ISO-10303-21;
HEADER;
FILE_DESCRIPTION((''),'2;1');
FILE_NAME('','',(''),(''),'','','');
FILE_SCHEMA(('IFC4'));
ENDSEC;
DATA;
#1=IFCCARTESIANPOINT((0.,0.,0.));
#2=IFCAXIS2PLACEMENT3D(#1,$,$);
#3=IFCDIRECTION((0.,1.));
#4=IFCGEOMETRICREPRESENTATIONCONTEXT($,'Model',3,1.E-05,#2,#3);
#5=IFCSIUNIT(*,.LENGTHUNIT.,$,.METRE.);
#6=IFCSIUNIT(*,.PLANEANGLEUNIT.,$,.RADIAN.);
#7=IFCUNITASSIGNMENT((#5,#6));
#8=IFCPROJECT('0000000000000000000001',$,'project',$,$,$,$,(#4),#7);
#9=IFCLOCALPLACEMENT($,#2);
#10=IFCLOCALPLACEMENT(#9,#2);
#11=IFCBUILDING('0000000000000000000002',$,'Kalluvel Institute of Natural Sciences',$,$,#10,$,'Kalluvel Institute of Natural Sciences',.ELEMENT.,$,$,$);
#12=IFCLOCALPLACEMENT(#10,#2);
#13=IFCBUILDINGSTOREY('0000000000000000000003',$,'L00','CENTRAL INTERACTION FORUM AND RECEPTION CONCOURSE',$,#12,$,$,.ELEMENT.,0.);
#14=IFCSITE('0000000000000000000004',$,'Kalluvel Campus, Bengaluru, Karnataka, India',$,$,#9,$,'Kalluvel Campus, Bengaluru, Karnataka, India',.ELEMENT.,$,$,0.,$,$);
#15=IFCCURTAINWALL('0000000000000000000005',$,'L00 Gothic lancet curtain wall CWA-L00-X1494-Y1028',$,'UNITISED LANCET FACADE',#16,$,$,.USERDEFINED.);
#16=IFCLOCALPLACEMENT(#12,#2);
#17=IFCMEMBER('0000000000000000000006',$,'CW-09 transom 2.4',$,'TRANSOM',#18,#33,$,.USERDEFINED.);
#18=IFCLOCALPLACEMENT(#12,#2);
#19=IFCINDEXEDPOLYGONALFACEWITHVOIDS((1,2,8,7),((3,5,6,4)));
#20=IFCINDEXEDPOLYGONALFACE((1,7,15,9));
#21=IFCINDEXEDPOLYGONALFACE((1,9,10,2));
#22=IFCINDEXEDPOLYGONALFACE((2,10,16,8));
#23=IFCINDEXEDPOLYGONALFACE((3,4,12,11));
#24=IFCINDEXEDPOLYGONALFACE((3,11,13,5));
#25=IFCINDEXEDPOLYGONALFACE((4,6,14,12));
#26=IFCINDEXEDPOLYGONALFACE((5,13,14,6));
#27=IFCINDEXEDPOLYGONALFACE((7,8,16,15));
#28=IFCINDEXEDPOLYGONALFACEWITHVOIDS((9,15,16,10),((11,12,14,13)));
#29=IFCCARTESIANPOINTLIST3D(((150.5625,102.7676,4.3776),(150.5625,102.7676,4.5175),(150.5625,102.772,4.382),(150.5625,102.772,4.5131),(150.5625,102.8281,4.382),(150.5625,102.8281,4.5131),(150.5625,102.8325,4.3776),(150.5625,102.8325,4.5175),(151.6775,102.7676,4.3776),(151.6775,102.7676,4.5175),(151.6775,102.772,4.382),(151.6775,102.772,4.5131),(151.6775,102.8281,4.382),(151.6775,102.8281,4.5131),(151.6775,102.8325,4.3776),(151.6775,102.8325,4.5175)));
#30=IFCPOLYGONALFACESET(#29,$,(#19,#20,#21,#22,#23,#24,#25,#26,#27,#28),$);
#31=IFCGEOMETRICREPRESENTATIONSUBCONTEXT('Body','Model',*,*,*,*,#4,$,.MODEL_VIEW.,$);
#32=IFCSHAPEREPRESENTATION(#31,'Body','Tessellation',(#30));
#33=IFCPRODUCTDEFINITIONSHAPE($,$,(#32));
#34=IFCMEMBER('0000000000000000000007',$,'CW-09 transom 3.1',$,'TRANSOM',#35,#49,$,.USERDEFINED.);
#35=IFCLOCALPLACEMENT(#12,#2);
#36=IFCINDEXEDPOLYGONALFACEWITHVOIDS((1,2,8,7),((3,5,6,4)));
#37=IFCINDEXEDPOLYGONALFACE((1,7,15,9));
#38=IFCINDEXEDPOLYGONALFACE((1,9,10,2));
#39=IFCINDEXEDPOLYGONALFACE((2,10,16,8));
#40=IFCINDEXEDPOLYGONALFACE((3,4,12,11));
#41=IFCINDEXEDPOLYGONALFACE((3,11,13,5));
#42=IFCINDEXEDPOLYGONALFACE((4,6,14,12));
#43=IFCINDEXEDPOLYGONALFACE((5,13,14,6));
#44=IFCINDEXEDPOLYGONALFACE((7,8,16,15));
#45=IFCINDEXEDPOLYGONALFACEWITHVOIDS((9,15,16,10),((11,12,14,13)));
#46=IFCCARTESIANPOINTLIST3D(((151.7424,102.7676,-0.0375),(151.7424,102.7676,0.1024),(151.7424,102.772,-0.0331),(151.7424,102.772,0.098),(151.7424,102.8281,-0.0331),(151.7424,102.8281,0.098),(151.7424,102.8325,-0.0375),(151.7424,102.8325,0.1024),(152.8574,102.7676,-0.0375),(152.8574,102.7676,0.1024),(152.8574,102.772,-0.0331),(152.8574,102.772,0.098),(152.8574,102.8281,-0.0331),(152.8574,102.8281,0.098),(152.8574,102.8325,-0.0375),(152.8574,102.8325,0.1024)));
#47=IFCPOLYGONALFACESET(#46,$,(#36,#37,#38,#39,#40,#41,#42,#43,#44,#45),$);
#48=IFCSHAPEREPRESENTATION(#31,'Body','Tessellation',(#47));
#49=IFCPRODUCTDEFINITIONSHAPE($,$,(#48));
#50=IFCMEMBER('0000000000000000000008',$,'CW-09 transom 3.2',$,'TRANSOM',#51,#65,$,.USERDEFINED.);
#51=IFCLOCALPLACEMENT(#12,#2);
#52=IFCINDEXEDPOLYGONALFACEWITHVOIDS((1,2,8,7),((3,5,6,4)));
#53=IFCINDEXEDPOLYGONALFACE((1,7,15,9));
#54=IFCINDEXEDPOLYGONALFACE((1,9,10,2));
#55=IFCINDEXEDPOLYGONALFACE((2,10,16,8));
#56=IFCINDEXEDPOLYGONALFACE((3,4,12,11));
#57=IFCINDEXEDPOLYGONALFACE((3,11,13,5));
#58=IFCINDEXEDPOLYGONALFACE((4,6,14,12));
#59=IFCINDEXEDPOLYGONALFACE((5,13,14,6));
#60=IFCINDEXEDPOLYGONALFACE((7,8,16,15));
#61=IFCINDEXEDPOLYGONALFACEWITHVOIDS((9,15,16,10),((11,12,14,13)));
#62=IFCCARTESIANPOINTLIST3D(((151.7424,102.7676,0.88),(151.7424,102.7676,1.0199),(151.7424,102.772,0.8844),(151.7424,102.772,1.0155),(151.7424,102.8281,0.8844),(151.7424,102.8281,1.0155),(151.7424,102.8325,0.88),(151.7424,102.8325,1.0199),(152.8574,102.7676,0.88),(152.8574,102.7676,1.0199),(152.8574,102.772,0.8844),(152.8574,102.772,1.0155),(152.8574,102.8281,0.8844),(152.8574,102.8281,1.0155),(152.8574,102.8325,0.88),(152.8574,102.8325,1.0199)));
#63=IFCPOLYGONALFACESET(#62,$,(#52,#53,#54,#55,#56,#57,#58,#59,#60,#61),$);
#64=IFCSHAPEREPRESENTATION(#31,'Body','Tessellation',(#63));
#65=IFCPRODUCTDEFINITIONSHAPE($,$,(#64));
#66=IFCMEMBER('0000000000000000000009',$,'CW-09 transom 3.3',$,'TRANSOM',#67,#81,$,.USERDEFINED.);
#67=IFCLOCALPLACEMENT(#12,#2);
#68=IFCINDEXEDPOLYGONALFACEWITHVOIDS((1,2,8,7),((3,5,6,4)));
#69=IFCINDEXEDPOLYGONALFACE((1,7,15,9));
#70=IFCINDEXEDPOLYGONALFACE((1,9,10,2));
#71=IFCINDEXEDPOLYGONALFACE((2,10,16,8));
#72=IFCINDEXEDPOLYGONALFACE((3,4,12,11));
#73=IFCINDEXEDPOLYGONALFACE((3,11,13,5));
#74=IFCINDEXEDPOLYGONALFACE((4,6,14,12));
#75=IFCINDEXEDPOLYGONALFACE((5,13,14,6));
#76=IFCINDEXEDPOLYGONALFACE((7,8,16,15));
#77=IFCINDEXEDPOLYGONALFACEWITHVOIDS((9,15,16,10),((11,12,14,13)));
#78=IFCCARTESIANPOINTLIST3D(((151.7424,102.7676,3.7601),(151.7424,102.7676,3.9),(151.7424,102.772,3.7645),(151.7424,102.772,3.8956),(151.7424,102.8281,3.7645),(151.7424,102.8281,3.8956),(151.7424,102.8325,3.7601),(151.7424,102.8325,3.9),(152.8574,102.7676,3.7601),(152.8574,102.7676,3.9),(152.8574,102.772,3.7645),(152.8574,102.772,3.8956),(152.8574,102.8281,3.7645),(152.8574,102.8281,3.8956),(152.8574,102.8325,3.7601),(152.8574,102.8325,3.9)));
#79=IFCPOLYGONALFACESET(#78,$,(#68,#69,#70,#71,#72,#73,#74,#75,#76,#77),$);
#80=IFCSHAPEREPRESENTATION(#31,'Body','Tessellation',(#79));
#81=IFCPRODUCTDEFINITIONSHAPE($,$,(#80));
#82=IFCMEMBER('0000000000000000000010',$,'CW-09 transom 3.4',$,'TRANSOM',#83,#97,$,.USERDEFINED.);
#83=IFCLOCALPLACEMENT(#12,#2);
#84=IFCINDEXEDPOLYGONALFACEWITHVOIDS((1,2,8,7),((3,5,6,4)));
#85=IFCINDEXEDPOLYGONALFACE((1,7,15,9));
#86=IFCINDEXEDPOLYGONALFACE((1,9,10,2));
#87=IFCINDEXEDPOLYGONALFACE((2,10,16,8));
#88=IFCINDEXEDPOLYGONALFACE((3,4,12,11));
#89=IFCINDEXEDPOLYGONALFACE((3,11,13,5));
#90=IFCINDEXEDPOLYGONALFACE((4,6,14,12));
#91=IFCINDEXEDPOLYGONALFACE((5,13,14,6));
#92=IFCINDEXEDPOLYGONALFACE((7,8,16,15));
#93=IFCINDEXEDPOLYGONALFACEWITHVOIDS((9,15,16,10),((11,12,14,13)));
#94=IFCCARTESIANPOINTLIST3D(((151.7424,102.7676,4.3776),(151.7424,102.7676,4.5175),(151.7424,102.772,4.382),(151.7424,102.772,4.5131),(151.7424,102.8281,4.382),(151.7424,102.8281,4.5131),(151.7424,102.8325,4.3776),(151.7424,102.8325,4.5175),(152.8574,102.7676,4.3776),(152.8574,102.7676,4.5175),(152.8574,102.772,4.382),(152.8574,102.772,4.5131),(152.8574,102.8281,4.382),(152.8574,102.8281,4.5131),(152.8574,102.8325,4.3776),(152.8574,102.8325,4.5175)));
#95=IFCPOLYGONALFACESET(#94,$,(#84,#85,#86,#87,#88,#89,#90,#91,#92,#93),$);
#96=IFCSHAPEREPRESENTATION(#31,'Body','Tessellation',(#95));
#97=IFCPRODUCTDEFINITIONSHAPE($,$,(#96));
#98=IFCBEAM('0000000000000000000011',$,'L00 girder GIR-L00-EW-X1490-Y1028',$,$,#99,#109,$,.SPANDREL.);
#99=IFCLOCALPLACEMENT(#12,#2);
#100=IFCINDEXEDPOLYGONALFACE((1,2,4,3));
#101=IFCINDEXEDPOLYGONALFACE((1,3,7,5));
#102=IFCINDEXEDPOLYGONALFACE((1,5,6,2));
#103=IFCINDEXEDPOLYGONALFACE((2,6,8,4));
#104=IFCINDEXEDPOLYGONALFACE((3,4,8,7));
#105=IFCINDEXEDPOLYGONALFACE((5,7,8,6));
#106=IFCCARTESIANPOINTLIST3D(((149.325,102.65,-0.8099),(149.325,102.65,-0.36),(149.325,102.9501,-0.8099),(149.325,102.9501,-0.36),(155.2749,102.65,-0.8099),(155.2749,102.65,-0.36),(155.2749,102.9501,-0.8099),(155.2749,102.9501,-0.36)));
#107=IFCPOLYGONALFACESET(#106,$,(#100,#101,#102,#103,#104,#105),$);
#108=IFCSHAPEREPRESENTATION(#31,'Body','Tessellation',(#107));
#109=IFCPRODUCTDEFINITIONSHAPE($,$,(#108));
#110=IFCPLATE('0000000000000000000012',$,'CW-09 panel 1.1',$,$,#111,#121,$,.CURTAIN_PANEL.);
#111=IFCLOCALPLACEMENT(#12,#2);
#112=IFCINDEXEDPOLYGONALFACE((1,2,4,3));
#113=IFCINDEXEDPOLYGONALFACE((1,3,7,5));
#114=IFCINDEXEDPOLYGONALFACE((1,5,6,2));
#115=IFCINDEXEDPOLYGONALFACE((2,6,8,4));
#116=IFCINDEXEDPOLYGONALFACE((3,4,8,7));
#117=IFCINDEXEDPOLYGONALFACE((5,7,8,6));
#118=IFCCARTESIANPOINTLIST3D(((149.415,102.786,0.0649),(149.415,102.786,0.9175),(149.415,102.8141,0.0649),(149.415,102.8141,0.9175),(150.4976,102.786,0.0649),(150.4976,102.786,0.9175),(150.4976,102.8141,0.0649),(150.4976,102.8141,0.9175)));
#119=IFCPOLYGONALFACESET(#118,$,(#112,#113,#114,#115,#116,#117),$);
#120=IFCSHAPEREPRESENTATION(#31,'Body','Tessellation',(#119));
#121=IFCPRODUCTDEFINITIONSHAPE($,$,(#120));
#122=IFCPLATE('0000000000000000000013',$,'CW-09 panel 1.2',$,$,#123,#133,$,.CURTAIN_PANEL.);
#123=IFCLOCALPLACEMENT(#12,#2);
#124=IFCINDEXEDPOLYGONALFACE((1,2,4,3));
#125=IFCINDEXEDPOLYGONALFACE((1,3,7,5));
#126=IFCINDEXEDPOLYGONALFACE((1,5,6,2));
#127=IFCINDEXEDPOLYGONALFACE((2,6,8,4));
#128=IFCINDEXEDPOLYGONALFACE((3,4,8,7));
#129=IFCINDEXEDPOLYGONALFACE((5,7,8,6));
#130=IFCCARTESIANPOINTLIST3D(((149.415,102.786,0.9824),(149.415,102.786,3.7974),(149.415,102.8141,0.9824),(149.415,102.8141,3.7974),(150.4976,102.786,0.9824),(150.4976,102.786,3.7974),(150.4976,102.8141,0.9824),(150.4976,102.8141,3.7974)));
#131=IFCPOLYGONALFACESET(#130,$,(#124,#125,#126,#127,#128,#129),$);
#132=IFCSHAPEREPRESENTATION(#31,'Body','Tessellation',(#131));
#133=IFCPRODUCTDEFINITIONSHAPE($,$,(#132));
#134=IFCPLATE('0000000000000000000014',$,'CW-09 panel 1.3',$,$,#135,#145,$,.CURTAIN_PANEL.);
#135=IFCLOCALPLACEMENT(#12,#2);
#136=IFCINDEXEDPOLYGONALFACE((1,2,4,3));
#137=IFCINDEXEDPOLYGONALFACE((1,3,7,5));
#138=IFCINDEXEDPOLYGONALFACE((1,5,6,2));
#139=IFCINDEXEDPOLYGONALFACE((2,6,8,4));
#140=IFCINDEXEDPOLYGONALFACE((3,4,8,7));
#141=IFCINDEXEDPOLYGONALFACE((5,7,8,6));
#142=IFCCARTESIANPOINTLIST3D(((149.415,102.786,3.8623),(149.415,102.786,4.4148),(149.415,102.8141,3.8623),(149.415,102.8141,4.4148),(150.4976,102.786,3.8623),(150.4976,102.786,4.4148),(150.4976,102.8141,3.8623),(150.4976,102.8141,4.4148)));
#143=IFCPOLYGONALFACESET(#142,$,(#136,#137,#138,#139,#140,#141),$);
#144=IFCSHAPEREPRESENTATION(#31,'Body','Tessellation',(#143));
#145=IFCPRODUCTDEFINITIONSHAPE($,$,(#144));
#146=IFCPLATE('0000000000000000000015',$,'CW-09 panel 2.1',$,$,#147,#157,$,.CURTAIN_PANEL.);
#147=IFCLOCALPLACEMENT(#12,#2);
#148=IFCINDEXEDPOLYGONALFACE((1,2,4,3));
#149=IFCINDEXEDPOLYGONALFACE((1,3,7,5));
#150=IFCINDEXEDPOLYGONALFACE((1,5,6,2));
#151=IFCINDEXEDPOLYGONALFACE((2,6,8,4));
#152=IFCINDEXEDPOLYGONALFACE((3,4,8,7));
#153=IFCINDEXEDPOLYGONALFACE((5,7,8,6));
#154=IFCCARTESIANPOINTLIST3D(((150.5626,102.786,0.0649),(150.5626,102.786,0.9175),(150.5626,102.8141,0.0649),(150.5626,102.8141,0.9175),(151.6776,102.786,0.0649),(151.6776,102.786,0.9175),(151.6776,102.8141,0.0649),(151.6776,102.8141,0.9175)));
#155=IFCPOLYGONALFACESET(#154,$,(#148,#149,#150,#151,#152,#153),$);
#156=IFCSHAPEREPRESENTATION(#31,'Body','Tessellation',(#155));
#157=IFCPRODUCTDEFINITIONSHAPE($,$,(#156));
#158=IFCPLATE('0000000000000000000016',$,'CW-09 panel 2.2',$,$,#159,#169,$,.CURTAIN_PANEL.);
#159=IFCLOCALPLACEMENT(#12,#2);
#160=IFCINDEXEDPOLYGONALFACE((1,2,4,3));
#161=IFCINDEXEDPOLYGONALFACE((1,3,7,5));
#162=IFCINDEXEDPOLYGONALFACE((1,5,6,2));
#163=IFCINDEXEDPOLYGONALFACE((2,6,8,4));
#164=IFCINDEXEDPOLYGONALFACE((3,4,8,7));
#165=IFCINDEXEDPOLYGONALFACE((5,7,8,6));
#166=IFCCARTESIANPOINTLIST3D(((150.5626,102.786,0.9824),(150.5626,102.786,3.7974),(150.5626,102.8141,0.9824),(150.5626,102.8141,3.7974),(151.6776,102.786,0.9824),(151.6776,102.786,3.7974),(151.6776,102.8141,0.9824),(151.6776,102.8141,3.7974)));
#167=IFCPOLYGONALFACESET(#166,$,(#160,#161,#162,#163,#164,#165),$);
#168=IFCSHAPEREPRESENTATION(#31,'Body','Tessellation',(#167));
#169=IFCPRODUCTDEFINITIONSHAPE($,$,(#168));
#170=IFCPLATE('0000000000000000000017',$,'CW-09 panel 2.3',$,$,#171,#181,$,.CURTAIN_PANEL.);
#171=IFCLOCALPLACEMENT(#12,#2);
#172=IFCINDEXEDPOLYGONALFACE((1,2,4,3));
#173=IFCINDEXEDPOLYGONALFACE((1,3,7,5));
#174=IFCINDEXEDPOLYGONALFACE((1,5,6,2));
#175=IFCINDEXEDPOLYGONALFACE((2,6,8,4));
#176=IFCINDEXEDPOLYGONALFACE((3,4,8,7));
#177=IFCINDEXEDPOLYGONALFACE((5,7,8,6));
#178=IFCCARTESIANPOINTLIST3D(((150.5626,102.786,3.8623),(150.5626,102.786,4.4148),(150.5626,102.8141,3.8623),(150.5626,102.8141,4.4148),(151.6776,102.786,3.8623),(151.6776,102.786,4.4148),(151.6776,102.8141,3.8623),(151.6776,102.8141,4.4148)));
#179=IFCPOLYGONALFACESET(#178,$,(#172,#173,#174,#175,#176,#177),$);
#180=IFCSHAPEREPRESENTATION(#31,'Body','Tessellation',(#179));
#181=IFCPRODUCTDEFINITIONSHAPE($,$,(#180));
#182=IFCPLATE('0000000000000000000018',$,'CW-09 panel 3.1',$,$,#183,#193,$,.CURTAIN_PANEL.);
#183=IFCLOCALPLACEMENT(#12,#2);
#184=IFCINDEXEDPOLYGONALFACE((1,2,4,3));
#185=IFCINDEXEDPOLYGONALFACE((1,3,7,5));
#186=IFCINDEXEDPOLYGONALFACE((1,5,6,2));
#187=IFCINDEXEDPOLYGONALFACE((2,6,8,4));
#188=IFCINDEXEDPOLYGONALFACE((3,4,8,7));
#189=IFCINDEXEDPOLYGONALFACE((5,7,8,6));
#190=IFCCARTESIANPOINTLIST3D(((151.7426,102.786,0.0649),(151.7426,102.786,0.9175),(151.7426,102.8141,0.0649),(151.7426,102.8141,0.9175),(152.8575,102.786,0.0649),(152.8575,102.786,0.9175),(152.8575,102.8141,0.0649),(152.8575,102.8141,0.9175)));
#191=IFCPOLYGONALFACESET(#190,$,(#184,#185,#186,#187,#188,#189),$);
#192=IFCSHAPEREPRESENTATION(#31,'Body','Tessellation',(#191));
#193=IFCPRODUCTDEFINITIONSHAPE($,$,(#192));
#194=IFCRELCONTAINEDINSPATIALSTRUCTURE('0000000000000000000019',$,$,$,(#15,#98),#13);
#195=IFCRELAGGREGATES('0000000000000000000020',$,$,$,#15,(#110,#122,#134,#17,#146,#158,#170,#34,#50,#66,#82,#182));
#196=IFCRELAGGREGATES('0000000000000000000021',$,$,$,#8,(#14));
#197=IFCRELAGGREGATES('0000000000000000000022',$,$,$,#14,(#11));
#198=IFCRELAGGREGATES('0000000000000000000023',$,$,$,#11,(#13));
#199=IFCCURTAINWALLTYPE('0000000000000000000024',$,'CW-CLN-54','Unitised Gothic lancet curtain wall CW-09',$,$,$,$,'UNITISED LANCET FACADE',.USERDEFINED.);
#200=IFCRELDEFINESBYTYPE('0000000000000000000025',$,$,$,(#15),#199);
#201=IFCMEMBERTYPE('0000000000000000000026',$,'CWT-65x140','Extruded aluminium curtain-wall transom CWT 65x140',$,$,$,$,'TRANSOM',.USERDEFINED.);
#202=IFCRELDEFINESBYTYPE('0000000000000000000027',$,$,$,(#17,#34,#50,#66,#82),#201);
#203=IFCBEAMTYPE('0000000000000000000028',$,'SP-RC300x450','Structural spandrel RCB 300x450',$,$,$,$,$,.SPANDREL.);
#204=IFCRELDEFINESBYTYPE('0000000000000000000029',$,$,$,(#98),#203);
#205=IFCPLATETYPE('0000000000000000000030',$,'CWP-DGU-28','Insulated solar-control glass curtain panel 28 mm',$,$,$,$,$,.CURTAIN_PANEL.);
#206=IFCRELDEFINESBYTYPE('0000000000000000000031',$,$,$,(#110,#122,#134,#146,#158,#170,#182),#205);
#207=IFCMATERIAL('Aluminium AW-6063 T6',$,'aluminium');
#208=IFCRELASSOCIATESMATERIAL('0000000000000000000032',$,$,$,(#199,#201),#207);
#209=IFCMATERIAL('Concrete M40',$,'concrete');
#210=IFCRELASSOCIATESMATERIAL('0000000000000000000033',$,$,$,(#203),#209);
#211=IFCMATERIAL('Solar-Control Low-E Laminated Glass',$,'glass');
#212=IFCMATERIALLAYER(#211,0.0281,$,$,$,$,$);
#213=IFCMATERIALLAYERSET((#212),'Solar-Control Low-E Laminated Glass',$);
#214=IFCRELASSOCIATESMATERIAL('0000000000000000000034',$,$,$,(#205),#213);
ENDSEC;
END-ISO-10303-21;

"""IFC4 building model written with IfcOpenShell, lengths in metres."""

from ifc_helpers import new_model, si_unit, direction, frame, origin, origin_2d, place, context, subcontext, project, spatial, rectangle, hollow_rectangle, extrude, material, layer, layer_set, material_profile, profile_set, type_object, element, aggregate, save


model = new_model("IFC4")

# Units and contexts
model_context = context("Model", 3, precision=1e-05, world=origin(), true_north=direction((0.0, 1.0)))
body_context = subcontext(model_context, "Body", "Model", "MODEL_VIEW")
ifc_project = project(units=[si_unit("LENGTHUNIT", "METRE"), si_unit("PLANEANGLEUNIT", "RADIAN")], contexts=[model_context])

# Site, building, storey
site_placement = place(None, origin())
site = spatial("IfcSite", under=ifc_project, at=site_placement, Name="Kalluvel Campus, Bengaluru, Karnataka, India", LongName="Kalluvel Campus, Bengaluru, Karnataka, India", CompositionType="ELEMENT", RefElevation=0.0)
building_placement = place(site_placement, origin())
building = spatial("IfcBuilding", under=site, at=building_placement, Name="Kalluvel Institute of Natural Sciences", LongName="Kalluvel Institute of Natural Sciences", CompositionType="ELEMENT")
storey_placement = place(building_placement, origin())
storey = spatial("IfcBuildingStorey", under=building, at=storey_placement, Name="L00", Description="CENTRAL INTERACTION FORUM AND RECEPTION CONCOURSE", CompositionType="ELEMENT", Elevation=0.0)

# Shared definitions
ifc_material_1 = material(Name="Concrete M40", Category="concrete")

# Curtain wall, members
ifc_material_2 = material(Name="Aluminium AW-6063 T6", Category="aluminium")
curtain_wall_type = type_object("IfcCurtainWallType", Name="CW-CLN-54", Description="Unitised Gothic lancet curtain wall CW-09", ElementType="UNITISED LANCET FACADE", PredefinedType="USERDEFINED", material=ifc_material_2)
curtain_wall_placement = place(storey_placement, origin())
curtain_wall = element("IfcCurtainWall", 1, at=curtain_wall_placement, inside=storey, type_object=curtain_wall_type, Name="L00 Gothic lancet curtain wall CWA-L00-X1494-Y1028", ObjectType="UNITISED LANCET FACADE", PredefinedType="USERDEFINED")
ifc_material_profile_1 = material_profile(ifc_material_2, hollow_rectangle(XDim=0.0649, YDim=0.1399, WallThickness=0.0044, at=origin_2d()), Name="CWT 65x140")
ifc_profile_set_1 = profile_set([ifc_material_profile_1], Name="Aluminium AW-6063 T6")
member_type_1 = type_object("IfcMemberType", Name="CWT-65x140", Description="Extruded aluminium curtain-wall transom CWT 65x140", ElementType="TRANSOM", PredefinedType="USERDEFINED", material=ifc_profile_set_1)
member_1_placement = place(storey_placement, frame((150.5625, 102.8, 4.4475), z_axis=(1.0, 0.0, 0.0), x_axis=(0.0, 1.0, 0.0)))
member_1 = element("IfcMember", 2, at=member_1_placement, type_object=member_type_1, Name="CW-09 transom 2.4", ObjectType="TRANSOM", PredefinedType="USERDEFINED", context=body_context, shape_type="SweptSolid", body=[
    extrude(hollow_rectangle(XDim=0.0649, YDim=0.1399, WallThickness=0.0044, at=origin_2d()), origin(), (0.0, 0.0, 1.0), 1.115),
])
member_2_placement = place(storey_placement, frame((151.7424, 102.8, 0.0325), z_axis=(1.0, 0.0, 0.0), x_axis=(0.0, 1.0, 0.0)))
member_2 = element("IfcMember", 3, at=member_2_placement, type_object=member_type_1, Name="CW-09 transom 3.1", ObjectType="TRANSOM", PredefinedType="USERDEFINED", context=body_context, shape_type="SweptSolid", body=[
    extrude(hollow_rectangle(XDim=0.0649, YDim=0.1399, WallThickness=0.0044, at=origin_2d()), origin(), (0.0, 0.0, 1.0), 1.115),
])
member_3_placement = place(storey_placement, frame((151.7424, 102.8, 0.95), z_axis=(1.0, 0.0, 0.0), x_axis=(0.0, 1.0, 0.0)))
member_3 = element("IfcMember", 4, at=member_3_placement, type_object=member_type_1, Name="CW-09 transom 3.2", ObjectType="TRANSOM", PredefinedType="USERDEFINED", context=body_context, shape_type="SweptSolid", body=[
    extrude(hollow_rectangle(XDim=0.0649, YDim=0.1399, WallThickness=0.0044, at=origin_2d()), origin(), (0.0, 0.0, 1.0), 1.115),
])
member_4_placement = place(storey_placement, frame((151.7424, 102.8, 3.8301), z_axis=(1.0, 0.0, 0.0), x_axis=(0.0, 1.0, 0.0)))
member_4 = element("IfcMember", 5, at=member_4_placement, type_object=member_type_1, Name="CW-09 transom 3.3", ObjectType="TRANSOM", PredefinedType="USERDEFINED", context=body_context, shape_type="SweptSolid", body=[
    extrude(hollow_rectangle(XDim=0.0649, YDim=0.1399, WallThickness=0.0044, at=origin_2d()), origin(), (0.0, 0.0, 1.0), 1.115),
])
member_5_placement = place(storey_placement, frame((151.7424, 102.8, 4.4475), z_axis=(1.0, 0.0, 0.0), x_axis=(0.0, 1.0, 0.0)))
member_5 = element("IfcMember", 6, at=member_5_placement, type_object=member_type_1, Name="CW-09 transom 3.4", ObjectType="TRANSOM", PredefinedType="USERDEFINED", context=body_context, shape_type="SweptSolid", body=[
    extrude(hollow_rectangle(XDim=0.0649, YDim=0.1399, WallThickness=0.0044, at=origin_2d()), origin(), (0.0, 0.0, 1.0), 1.115),
])

# Beam
ifc_material_profile_2 = material_profile(ifc_material_1, rectangle(XDim=0.3, YDim=0.45, at=origin_2d()), Name="RCB 300x450")
ifc_profile_set_2 = profile_set([ifc_material_profile_2], Name="Concrete M40")
beam_type = type_object("IfcBeamType", Name="SP-RC300x450", Description="Structural spandrel RCB 300x450", PredefinedType="SPANDREL", material=ifc_profile_set_2)
beam_placement = place(storey_placement, frame((149.325, 102.8, -0.585), z_axis=(1.0, 0.0, 0.0), x_axis=(0.0, 1.0, 0.0)))
element("IfcBeam", 7, at=beam_placement, inside=storey, type_object=beam_type, Name="L00 girder GIR-L00-EW-X1490-Y1028", PredefinedType="SPANDREL", context=body_context, shape_type="SweptSolid", body=[
    extrude(rectangle(XDim=0.3, YDim=0.45, at=origin_2d()), origin(), (0.0, 0.0, 1.0), 5.95),
])

# Plates
ifc_material_3 = material(Name="Solar-Control Low-E Laminated Glass", Category="glass")
ifc_layer = layer(ifc_material_3, 0.0281)
ifc_layer_set = layer_set([ifc_layer], Name="Solar-Control Low-E Laminated Glass")
plate_type = type_object("IfcPlateType", Name="CWP-DGU-28", Description="Insulated solar-control glass curtain panel 28 mm", PredefinedType="CURTAIN_PANEL", material=ifc_layer_set)
plate_1_placement = place(storey_placement, frame((149.9563, 102.8, 0.0649), z_axis=(0.0, 0.0, 1.0), x_axis=(1.0, 0.0, 0.0)))
plate_1 = element("IfcPlate", 8, at=plate_1_placement, type_object=plate_type, Name="CW-09 panel 1.1", PredefinedType="CURTAIN_PANEL", context=body_context, shape_type="SweptSolid", body=[
    extrude(rectangle(XDim=1.0825, YDim=0.0281, at=origin_2d()), origin(), (0.0, 0.0, 1.0), 0.8525),
])
plate_2_placement = place(storey_placement, frame((149.9563, 102.8, 0.9824), z_axis=(0.0, 0.0, 1.0), x_axis=(1.0, 0.0, 0.0)))
plate_2 = element("IfcPlate", 9, at=plate_2_placement, type_object=plate_type, Name="CW-09 panel 1.2", PredefinedType="CURTAIN_PANEL", context=body_context, shape_type="SweptSolid", body=[
    extrude(rectangle(XDim=1.0825, YDim=0.0281, at=origin_2d()), origin(), (0.0, 0.0, 1.0), 2.8149),
])
plate_3_placement = place(storey_placement, frame((149.9563, 102.8, 3.8623), z_axis=(0.0, 0.0, 1.0), x_axis=(1.0, 0.0, 0.0)))
plate_3 = element("IfcPlate", 10, at=plate_3_placement, type_object=plate_type, Name="CW-09 panel 1.3", PredefinedType="CURTAIN_PANEL", context=body_context, shape_type="SweptSolid", body=[
    extrude(rectangle(XDim=1.0825, YDim=0.0281, at=origin_2d()), origin(), (0.0, 0.0, 1.0), 0.5525),
])
plate_4_placement = place(storey_placement, frame((151.1201, 102.8, 0.0649), z_axis=(0.0, 0.0, 1.0), x_axis=(1.0, 0.0, 0.0)))
plate_4 = element("IfcPlate", 11, at=plate_4_placement, type_object=plate_type, Name="CW-09 panel 2.1", PredefinedType="CURTAIN_PANEL", context=body_context, shape_type="SweptSolid", body=[
    extrude(rectangle(XDim=1.115, YDim=0.0281, at=origin_2d()), origin(), (0.0, 0.0, 1.0), 0.8525),
])
plate_5_placement = place(storey_placement, frame((151.1201, 102.8, 0.9824), z_axis=(0.0, 0.0, 1.0), x_axis=(1.0, 0.0, 0.0)))
plate_5 = element("IfcPlate", 12, at=plate_5_placement, type_object=plate_type, Name="CW-09 panel 2.2", PredefinedType="CURTAIN_PANEL", context=body_context, shape_type="SweptSolid", body=[
    extrude(rectangle(XDim=1.115, YDim=0.0281, at=origin_2d()), origin(), (0.0, 0.0, 1.0), 2.8149),
])
plate_6_placement = place(storey_placement, frame((151.1201, 102.8, 3.8623), z_axis=(0.0, 0.0, 1.0), x_axis=(1.0, 0.0, 0.0)))
plate_6 = element("IfcPlate", 13, at=plate_6_placement, type_object=plate_type, Name="CW-09 panel 2.3", PredefinedType="CURTAIN_PANEL", context=body_context, shape_type="SweptSolid", body=[
    extrude(rectangle(XDim=1.115, YDim=0.0281, at=origin_2d()), origin(), (0.0, 0.0, 1.0), 0.5525),
])
plate_7_placement = place(storey_placement, frame((152.3, 102.8, 0.0649), z_axis=(0.0, 0.0, 1.0), x_axis=(1.0, 0.0, 0.0)))
plate_7 = element("IfcPlate", 14, at=plate_7_placement, type_object=plate_type, Name="CW-09 panel 3.1", PredefinedType="CURTAIN_PANEL", context=body_context, shape_type="SweptSolid", body=[
    extrude(rectangle(XDim=1.115, YDim=0.0281, at=origin_2d()), origin(), (0.0, 0.0, 1.0), 0.8525),
])
aggregate(curtain_wall, [plate_1, plate_2, plate_3, member_1, plate_4, plate_5, plate_6, member_2, member_3, member_4, member_5, plate_7])

save(model, "model.ifc")
